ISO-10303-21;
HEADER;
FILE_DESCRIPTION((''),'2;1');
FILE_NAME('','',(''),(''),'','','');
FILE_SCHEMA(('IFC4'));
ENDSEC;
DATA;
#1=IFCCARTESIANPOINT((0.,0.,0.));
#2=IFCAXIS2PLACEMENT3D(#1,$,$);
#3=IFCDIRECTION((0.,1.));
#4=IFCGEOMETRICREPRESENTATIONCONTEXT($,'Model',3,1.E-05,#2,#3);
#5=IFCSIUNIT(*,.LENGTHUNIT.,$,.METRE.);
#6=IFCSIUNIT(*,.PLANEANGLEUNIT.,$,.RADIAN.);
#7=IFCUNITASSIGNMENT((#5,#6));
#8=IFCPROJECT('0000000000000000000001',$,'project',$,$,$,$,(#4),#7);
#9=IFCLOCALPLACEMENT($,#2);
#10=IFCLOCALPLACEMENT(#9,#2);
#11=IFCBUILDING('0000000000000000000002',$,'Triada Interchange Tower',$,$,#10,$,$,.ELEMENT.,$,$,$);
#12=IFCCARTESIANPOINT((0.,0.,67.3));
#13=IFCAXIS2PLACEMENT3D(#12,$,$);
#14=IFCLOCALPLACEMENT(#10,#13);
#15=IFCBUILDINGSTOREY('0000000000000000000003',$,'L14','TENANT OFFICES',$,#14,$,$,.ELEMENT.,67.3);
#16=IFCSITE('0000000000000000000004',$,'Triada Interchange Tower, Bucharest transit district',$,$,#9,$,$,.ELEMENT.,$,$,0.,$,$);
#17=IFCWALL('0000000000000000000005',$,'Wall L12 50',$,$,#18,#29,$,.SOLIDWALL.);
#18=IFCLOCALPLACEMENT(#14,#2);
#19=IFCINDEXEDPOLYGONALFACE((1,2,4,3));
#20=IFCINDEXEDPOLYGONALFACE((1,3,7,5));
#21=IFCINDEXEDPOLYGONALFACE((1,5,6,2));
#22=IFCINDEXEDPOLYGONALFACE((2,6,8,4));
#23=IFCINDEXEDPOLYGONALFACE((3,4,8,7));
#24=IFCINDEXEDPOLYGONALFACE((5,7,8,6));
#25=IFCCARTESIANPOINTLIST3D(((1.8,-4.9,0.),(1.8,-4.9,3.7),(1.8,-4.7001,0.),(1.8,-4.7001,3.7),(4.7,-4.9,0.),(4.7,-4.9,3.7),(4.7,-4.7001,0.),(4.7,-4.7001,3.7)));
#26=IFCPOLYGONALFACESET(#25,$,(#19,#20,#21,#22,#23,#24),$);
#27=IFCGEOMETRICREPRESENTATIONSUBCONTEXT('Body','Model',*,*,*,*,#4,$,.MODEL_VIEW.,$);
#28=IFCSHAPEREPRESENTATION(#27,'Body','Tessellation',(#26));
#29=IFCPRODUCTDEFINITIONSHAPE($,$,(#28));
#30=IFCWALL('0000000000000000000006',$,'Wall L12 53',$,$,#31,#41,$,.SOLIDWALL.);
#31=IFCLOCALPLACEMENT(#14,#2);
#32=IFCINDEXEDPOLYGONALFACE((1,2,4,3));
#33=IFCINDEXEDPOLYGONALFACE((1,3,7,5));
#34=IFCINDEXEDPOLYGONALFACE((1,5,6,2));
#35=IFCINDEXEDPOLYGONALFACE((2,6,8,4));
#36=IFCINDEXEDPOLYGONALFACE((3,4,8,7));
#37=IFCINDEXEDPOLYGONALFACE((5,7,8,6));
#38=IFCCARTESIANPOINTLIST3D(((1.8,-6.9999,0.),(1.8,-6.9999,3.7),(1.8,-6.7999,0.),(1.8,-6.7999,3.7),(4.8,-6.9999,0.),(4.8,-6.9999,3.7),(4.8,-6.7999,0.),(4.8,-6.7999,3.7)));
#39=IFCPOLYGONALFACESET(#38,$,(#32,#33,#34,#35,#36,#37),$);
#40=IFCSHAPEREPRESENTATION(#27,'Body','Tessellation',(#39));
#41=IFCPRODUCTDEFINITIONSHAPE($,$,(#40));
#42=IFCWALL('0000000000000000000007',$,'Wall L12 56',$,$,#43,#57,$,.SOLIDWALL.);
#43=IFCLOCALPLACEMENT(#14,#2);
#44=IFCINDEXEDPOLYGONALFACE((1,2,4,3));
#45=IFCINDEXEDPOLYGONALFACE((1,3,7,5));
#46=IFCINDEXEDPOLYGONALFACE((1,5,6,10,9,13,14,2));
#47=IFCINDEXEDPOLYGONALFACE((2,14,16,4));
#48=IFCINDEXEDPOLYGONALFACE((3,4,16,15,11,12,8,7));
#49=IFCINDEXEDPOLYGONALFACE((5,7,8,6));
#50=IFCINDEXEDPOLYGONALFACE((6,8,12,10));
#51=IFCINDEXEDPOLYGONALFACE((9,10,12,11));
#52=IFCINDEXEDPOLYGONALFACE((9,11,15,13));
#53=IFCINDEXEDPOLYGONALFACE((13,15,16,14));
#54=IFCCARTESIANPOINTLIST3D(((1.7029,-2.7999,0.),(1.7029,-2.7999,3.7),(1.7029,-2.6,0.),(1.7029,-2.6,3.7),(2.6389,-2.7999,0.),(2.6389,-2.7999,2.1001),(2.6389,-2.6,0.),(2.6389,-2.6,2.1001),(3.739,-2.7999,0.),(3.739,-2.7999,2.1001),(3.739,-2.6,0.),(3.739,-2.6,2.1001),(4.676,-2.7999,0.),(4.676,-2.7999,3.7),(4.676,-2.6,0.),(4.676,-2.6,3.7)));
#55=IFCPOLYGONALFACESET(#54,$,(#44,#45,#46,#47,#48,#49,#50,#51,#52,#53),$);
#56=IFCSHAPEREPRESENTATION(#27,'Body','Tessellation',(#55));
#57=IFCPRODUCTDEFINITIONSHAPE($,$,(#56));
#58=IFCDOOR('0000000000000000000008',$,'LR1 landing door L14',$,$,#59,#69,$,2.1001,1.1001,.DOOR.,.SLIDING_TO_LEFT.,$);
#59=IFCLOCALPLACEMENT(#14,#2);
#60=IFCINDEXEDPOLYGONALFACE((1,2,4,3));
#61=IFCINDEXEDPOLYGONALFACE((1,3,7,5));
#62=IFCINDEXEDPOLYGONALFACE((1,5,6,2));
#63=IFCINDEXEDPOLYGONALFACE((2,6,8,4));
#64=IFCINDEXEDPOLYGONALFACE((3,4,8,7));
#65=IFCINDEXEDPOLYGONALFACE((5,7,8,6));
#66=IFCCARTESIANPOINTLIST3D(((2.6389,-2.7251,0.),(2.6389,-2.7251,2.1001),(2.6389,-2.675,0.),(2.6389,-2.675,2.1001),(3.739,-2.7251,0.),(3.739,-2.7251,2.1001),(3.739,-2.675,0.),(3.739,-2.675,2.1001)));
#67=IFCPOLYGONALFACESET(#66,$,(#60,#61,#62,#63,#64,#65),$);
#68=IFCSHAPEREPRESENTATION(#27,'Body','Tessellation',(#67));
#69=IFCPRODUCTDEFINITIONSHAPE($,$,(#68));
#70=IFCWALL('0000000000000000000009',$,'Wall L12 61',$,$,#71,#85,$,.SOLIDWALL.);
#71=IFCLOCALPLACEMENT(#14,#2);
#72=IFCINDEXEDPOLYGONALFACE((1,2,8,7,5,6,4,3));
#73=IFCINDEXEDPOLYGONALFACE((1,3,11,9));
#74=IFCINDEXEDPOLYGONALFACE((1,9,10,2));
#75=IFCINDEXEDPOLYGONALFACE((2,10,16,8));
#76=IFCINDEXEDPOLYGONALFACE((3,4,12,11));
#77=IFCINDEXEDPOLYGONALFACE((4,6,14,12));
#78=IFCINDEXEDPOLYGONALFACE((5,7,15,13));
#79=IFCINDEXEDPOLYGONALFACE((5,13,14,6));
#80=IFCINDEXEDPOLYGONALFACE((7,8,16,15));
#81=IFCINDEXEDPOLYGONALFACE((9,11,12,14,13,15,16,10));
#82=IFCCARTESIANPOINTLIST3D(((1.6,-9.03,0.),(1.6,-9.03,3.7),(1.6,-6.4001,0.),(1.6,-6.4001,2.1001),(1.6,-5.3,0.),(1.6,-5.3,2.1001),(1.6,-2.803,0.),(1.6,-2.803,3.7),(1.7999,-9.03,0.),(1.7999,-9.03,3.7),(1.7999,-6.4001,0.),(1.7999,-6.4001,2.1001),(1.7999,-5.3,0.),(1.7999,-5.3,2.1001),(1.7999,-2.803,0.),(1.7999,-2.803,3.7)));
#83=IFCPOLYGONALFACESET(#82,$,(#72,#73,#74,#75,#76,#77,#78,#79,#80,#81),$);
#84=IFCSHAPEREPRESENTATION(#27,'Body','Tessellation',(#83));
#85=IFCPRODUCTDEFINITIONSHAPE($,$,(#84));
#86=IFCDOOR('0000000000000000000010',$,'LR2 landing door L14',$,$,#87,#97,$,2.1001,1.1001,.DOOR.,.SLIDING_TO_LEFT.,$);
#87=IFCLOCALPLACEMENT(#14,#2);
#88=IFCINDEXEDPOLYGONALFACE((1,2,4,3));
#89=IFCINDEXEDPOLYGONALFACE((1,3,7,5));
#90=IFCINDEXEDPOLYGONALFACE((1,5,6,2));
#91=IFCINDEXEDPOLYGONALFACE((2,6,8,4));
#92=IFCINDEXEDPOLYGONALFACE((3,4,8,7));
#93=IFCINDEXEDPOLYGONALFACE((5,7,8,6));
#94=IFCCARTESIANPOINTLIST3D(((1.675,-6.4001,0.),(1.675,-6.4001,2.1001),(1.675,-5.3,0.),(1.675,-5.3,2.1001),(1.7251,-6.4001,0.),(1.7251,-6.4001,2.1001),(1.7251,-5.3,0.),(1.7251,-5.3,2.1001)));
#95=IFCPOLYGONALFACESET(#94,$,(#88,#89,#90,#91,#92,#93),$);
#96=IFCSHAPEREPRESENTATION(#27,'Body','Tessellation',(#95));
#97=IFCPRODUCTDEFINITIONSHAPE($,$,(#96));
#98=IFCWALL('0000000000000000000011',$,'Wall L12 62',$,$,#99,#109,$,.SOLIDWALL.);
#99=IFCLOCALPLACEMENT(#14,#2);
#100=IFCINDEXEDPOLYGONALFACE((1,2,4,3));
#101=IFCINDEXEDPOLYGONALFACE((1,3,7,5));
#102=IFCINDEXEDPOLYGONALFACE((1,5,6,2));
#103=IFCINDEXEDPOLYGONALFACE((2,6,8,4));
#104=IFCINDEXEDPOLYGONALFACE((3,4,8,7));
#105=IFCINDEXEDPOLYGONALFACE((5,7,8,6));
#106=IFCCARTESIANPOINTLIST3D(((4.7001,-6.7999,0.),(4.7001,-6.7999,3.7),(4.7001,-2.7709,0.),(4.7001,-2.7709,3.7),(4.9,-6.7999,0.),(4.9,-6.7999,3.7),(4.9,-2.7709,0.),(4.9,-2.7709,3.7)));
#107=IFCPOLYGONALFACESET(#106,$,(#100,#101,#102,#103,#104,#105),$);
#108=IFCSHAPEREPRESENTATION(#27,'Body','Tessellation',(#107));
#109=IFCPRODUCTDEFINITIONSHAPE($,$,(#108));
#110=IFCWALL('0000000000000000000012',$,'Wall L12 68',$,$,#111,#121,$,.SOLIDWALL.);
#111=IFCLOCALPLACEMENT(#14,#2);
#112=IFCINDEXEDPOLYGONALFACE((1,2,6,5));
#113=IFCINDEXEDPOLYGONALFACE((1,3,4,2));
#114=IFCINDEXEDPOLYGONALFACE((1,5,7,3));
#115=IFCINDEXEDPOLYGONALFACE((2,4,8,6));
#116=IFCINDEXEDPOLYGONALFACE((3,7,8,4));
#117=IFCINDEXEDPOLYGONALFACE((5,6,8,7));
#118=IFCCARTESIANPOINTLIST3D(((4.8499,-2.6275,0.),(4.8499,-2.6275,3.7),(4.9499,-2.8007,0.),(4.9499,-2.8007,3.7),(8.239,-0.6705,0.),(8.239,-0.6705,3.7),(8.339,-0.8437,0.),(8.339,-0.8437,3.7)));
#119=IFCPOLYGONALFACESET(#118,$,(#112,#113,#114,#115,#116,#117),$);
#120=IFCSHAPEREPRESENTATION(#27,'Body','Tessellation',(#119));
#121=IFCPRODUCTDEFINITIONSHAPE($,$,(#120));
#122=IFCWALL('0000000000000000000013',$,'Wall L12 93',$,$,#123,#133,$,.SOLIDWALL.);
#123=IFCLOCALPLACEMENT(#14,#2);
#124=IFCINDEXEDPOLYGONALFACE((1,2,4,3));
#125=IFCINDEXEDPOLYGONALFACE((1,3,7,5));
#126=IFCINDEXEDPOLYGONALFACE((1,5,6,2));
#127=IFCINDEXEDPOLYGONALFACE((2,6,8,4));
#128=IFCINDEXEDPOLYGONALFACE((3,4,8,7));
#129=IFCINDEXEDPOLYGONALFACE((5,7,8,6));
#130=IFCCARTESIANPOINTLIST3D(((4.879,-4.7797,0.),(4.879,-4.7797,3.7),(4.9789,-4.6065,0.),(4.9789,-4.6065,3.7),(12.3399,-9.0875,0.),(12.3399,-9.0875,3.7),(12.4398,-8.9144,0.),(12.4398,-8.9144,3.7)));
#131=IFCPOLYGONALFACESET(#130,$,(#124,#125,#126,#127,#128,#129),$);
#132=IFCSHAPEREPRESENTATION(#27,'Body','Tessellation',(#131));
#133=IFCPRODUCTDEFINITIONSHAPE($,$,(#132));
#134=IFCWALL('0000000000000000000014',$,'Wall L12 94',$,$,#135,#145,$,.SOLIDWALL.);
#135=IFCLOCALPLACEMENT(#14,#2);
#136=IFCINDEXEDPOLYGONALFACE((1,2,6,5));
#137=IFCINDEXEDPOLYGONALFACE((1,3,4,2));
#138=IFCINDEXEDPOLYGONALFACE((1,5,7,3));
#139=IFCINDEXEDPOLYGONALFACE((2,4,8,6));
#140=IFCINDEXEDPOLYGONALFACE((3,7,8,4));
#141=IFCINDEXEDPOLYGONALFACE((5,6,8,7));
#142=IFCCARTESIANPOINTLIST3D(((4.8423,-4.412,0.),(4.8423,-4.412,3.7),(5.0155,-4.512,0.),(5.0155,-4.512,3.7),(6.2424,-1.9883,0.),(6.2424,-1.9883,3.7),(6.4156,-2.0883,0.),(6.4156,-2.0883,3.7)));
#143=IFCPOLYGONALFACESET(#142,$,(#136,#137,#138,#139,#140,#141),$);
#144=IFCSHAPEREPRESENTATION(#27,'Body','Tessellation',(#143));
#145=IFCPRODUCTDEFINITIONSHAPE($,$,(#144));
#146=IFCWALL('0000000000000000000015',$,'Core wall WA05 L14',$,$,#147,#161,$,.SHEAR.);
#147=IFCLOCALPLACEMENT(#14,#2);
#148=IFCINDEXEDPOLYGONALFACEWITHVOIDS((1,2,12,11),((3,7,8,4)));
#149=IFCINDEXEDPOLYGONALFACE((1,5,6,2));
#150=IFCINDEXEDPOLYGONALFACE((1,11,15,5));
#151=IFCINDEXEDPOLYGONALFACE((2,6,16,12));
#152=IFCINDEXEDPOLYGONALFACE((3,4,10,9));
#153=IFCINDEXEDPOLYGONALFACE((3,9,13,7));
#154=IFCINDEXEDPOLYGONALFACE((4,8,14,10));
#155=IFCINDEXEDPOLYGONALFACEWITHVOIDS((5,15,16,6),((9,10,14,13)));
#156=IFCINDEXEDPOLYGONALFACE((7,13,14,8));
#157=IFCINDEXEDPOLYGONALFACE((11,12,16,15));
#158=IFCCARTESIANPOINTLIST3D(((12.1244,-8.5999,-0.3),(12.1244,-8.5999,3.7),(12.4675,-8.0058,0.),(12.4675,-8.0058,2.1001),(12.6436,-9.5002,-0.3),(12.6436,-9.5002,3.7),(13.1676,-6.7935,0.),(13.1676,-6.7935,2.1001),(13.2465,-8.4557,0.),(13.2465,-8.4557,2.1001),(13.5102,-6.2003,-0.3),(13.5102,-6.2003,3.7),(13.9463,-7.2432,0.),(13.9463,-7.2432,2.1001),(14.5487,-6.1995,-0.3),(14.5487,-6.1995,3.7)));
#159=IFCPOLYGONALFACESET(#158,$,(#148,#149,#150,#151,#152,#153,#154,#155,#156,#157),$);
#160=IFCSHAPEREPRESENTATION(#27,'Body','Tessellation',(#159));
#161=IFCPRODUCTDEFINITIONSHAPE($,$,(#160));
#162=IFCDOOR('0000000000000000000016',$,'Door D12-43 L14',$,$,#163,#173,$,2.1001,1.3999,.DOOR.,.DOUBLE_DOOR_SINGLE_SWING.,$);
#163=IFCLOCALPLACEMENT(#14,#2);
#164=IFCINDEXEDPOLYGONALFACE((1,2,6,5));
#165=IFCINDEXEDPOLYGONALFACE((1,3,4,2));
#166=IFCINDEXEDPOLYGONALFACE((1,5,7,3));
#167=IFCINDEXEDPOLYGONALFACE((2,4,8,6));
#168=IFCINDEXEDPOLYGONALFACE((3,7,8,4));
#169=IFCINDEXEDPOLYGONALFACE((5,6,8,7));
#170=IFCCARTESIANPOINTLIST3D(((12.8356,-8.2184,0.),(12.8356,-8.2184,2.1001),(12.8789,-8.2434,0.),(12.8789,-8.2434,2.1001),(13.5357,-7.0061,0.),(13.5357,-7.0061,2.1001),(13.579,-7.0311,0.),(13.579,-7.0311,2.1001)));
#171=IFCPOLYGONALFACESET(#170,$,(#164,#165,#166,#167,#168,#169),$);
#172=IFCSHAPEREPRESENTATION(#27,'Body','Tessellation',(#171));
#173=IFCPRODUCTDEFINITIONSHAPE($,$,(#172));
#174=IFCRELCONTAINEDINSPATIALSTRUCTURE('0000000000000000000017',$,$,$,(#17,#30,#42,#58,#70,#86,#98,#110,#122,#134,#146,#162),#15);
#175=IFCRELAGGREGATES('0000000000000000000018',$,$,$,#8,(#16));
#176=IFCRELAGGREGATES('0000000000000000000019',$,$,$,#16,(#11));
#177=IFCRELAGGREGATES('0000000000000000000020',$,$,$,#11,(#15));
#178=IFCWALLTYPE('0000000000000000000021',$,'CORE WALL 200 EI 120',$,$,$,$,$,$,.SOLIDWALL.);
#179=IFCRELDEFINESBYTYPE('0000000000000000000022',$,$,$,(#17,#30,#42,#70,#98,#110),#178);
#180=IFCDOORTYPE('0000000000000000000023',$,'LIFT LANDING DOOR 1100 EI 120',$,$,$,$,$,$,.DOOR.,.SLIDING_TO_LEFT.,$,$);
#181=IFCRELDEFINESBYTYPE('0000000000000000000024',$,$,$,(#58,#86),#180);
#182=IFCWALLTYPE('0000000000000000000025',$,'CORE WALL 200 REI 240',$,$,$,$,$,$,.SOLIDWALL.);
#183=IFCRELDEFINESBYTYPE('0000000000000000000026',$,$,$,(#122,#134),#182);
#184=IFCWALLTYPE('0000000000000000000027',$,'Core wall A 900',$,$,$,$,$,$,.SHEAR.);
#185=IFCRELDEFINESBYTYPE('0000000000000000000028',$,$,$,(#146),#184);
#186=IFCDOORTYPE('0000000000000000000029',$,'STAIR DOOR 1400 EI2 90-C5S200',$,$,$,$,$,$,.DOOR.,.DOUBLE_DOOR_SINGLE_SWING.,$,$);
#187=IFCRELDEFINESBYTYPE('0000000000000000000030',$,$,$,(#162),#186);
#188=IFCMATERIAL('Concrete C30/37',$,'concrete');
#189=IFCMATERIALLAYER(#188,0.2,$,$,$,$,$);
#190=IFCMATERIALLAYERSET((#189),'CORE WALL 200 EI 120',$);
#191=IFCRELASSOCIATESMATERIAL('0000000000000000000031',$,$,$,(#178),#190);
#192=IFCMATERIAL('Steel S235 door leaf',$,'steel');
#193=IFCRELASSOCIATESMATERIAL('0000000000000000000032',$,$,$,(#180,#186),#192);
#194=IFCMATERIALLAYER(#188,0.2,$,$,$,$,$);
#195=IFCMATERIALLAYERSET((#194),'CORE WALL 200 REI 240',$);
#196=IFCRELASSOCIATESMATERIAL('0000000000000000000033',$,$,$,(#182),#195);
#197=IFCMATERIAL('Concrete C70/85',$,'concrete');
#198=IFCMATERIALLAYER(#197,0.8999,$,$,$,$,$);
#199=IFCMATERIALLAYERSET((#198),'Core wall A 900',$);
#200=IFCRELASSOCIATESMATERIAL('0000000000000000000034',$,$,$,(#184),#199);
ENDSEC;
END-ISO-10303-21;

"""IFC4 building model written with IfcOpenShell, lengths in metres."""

from ifc_helpers import new_model, si_unit, direction, frame, frame_2d, origin, place, context, subcontext, project, spatial, polyline, rectangle, outline, extrude, material, layer, layer_set, type_object, element, fill, save


model = new_model("IFC4")

# Units and contexts
model_context = context("Model", 3, precision=1e-05, world=origin(), true_north=direction((0.0, 1.0)))
body_context = subcontext(model_context, "Body", "Model", "MODEL_VIEW")
ifc_project = project(units=[si_unit("LENGTHUNIT", "METRE"), si_unit("PLANEANGLEUNIT", "RADIAN")], contexts=[model_context])

# Site, building, storey
site_placement = place(None, origin())
site = spatial("IfcSite", under=ifc_project, at=site_placement, Name="Triada Interchange Tower, Bucharest transit district", CompositionType="ELEMENT", RefElevation=0.0)
building_placement = place(site_placement, origin())
building = spatial("IfcBuilding", under=site, at=building_placement, Name="Triada Interchange Tower", CompositionType="ELEMENT")
storey_placement = place(building_placement, frame((0.0, 0.0, 67.3)))
storey = spatial("IfcBuildingStorey", under=building, at=storey_placement, Name="L14", Description="TENANT OFFICES", CompositionType="ELEMENT", Elevation=67.3)

# Walls
ifc_material_1 = material(Name="Concrete C30/37", Category="concrete")
ifc_layer_1 = layer(ifc_material_1, 0.2)
ifc_layer_set_1 = layer_set([ifc_layer_1], Name="CORE WALL 200 EI 120")
wall_type_1 = type_object("IfcWallType", Name="CORE WALL 200 EI 120", PredefinedType="SOLIDWALL", material=ifc_layer_set_1)
wall_1_placement = place(storey_placement, frame((1.8, -4.8, 0.0), z_axis=(0.0, 0.0, 1.0), x_axis=(1.0, 0.0, 0.0)))
element("IfcWall", 1, at=wall_1_placement, inside=storey, type_object=wall_type_1, Name="Wall L12 50", PredefinedType="SOLIDWALL", context=body_context, shape_type="SweptSolid", body=[
    extrude(rectangle(XDim=2.8999, YDim=0.2, at=frame_2d((1.45, 0.0))), origin(), (0.0, 0.0, 1.0), 3.7),
])
wall_2_placement = place(storey_placement, frame((1.8, -6.8999, 0.0), z_axis=(0.0, 0.0, 1.0), x_axis=(1.0, 0.0, 0.0)))
element("IfcWall", 2, at=wall_2_placement, inside=storey, type_object=wall_type_1, Name="Wall L12 53", PredefinedType="SOLIDWALL", context=body_context, shape_type="SweptSolid", body=[
    extrude(rectangle(XDim=3.0, YDim=0.2, at=frame_2d((1.5, 0.0))), origin(), (0.0, 0.0, 1.0), 3.7),
])

# Walls, openings, doors
wall_3_placement = place(storey_placement, frame((1.7029, -2.7, 0.0), z_axis=(0.0, 0.0, 1.0), x_axis=(1.0, 0.0, 0.0)))
wall_3 = element("IfcWall", 3, at=wall_3_placement, inside=storey, type_object=wall_type_1, Name="Wall L12 56", PredefinedType="SOLIDWALL", context=body_context, shape_type="SweptSolid", body=[
    extrude(rectangle(XDim=2.9731, YDim=0.2, at=frame_2d((1.4866, 0.0))), origin(), (0.0, 0.0, 1.0), 3.7),
])
opening_1_placement = place(wall_3_placement, frame((0.936, 0.0, 0.0)))
opening_1 = element("IfcOpeningElement", 4, at=opening_1_placement, cuts=wall_3, PredefinedType="OPENING", context=body_context, shape_type="SweptSolid", body=[
    extrude(rectangle(XDim=1.1001, YDim=2.1001, at=frame_2d((0.55, 1.05))), frame((0.0, 0.1099, 0.0), z_axis=(0.0, -1.0, 0.0), x_axis=(1.0, 0.0, 0.0)), (0.0, 0.0, 1.0), 0.22),
])
ifc_material_2 = material(Name="Steel S235 door leaf", Category="steel")
door_type_1 = type_object("IfcDoorType", Name="LIFT LANDING DOOR 1100 EI 120", OperationType="SLIDING_TO_LEFT", PredefinedType="DOOR", material=ifc_material_2)
door_1_placement = place(opening_1_placement, origin())
door_1 = element("IfcDoor", 5, at=door_1_placement, inside=storey, type_object=door_type_1, Name="LR1 landing door L14", OperationType="SLIDING_TO_LEFT", OverallHeight=2.1001, OverallWidth=1.1001, PredefinedType="DOOR", context=body_context, shape_type="SweptSolid", body=[
    extrude(rectangle(XDim=1.1001, YDim=2.1001, at=frame_2d((0.55, 1.05))), frame((0.0, 0.0249, 0.0), z_axis=(0.0, -1.0, 0.0), x_axis=(1.0, 0.0, 0.0)), (0.0, 0.0, 1.0), 0.05),
])
fill(opening_1, door_1)
wall_4_placement = place(storey_placement, frame((1.7, -9.03, 0.0), z_axis=(0.0, 0.0, 1.0), x_axis=(0.0, 1.0, 0.0)))
wall_4 = element("IfcWall", 6, at=wall_4_placement, inside=storey, type_object=wall_type_1, Name="Wall L12 61", PredefinedType="SOLIDWALL", context=body_context, shape_type="SweptSolid", body=[
    extrude(rectangle(XDim=6.2271, YDim=0.2, at=frame_2d((3.1135, 0.0))), origin(), (0.0, 0.0, 1.0), 3.7),
])
opening_2_placement = place(wall_4_placement, frame((2.6299, 0.0, 0.0)))
opening_2 = element("IfcOpeningElement", 7, at=opening_2_placement, cuts=wall_4, PredefinedType="OPENING", context=body_context, shape_type="SweptSolid", body=[
    extrude(rectangle(XDim=1.1001, YDim=2.1001, at=frame_2d((0.55, 1.05))), frame((0.0, 0.1099, 0.0), z_axis=(0.0, -1.0, 0.0), x_axis=(1.0, 0.0, 0.0)), (0.0, 0.0, 1.0), 0.22),
])
door_2_placement = place(opening_2_placement, origin())
door_2 = element("IfcDoor", 8, at=door_2_placement, inside=storey, type_object=door_type_1, Name="LR2 landing door L14", OperationType="SLIDING_TO_LEFT", OverallHeight=2.1001, OverallWidth=1.1001, PredefinedType="DOOR", context=body_context, shape_type="SweptSolid", body=[
    extrude(rectangle(XDim=1.1001, YDim=2.1001, at=frame_2d((0.55, 1.05))), frame((0.0, 0.0249, 0.0), z_axis=(0.0, -1.0, 0.0), x_axis=(1.0, 0.0, 0.0)), (0.0, 0.0, 1.0), 0.05),
])
fill(opening_2, door_2)

# Walls
wall_5_placement = place(storey_placement, frame((4.8, -6.8, 0.0), z_axis=(0.0, 0.0, 1.0), x_axis=(0.0, 1.0, 0.0)))
element("IfcWall", 9, at=wall_5_placement, inside=storey, type_object=wall_type_1, Name="Wall L12 62", PredefinedType="SOLIDWALL", context=body_context, shape_type="SweptSolid", body=[
    extrude(rectangle(XDim=4.0291, YDim=0.2, at=frame_2d((2.0146, 0.0))), origin(), (0.0, 0.0, 1.0), 3.7),
])
wall_6_placement = place(storey_placement, frame((4.8999, -2.7141, 0.0), z_axis=(0.0, 0.0, 1.0), x_axis=(0.865992, 0.500057, 0.0)))
element("IfcWall", 10, at=wall_6_placement, inside=storey, type_object=wall_type_1, Name="Wall L12 68", PredefinedType="SOLIDWALL", context=body_context, shape_type="SweptSolid", body=[
    extrude(rectangle(XDim=3.9136, YDim=0.2, at=frame_2d((1.9568, 0.0))), origin(), (0.0, 0.0, 1.0), 3.7),
])
ifc_layer_2 = layer(ifc_material_1, 0.2)
ifc_layer_set_2 = layer_set([ifc_layer_2], Name="CORE WALL 200 REI 240")
wall_type_2 = type_object("IfcWallType", Name="CORE WALL 200 REI 240", PredefinedType="SOLIDWALL", material=ifc_layer_set_2)
wall_7_placement = place(storey_placement, frame((4.929, -4.6931, 0.0), z_axis=(0.0, 0.0, 1.0), x_axis=(0.866011, -0.500025, 0.0)))
element("IfcWall", 11, at=wall_7_placement, inside=storey, type_object=wall_type_2, Name="Wall L12 93", PredefinedType="SOLIDWALL", context=body_context, shape_type="SweptSolid", body=[
    extrude(rectangle(XDim=8.6152, YDim=0.2, at=frame_2d((4.3076, 0.0))), origin(), (0.0, 0.0, 1.0), 3.7),
])
wall_8_placement = place(storey_placement, frame((4.929, -4.4619, 0.0), z_axis=(0.0, 0.0, 1.0), x_axis=(0.500201, 0.86591, 0.0)))
element("IfcWall", 12, at=wall_8_placement, inside=storey, type_object=wall_type_2, Name="Wall L12 94", PredefinedType="SOLIDWALL", context=body_context, shape_type="SweptSolid", body=[
    extrude(rectangle(XDim=2.7991, YDim=0.2, at=frame_2d((1.3994, 0.0))), origin(), (0.0, 0.0, 1.0), 3.7),
])

# Wall, opening, door
ifc_material_3 = material(Name="Concrete C70/85", Category="concrete")
ifc_layer_3 = layer(ifc_material_3, 0.8999)
ifc_layer_set_3 = layer_set([ifc_layer_3], Name="Core wall A 900")
wall_type_3 = type_object("IfcWallType", Name="Core wall A 900", PredefinedType="SHEAR", material=ifc_layer_set_3)
wall_9_placement = place(storey_placement, frame((12.384, -9.05, -0.3), z_axis=(0.0, 0.0, 1.0), x_axis=(0.500112, 0.865961, 0.0)))
wall_9 = element("IfcWall", 13, at=wall_9_placement, inside=storey, type_object=wall_type_3, Name="Core wall WA05 L14", PredefinedType="SHEAR", context=body_context, shape_type="SweptSolid", body=[
    extrude(outline(polyline([(-0.26, -0.45), (1.6455, -0.4495), (3.551, -0.449), (3.031, 0.45), (1.6455, 0.45), (0.26, 0.45), (-0.26, -0.45)])), origin(), (0.0, 0.0, 1.0), 4.0),
])
opening_3_placement = place(wall_9_placement, frame((0.946, 0.0, 0.3)))
opening_3 = element("IfcOpeningElement", 14, at=opening_3_placement, cuts=wall_9, PredefinedType="OPENING", context=body_context, shape_type="SweptSolid", body=[
    extrude(rectangle(XDim=1.3999, YDim=2.1001, at=frame_2d((0.7, 1.05))), frame((0.0, 0.46, 0.0), z_axis=(0.0, -1.0, 0.0), x_axis=(1.0, 0.0, 0.0)), (0.0, 0.0, 1.0), 0.9199),
])
door_type_2 = type_object("IfcDoorType", Name="STAIR DOOR 1400 EI2 90-C5S200", OperationType="DOUBLE_DOOR_SINGLE_SWING", PredefinedType="DOOR", material=ifc_material_2)
door_3_placement = place(opening_3_placement, origin())
door_3 = element("IfcDoor", 15, at=door_3_placement, inside=storey, type_object=door_type_2, Name="Door D12-43 L14", OperationType="DOUBLE_DOOR_SINGLE_SWING", OverallHeight=2.1001, OverallWidth=1.3999, PredefinedType="DOOR", context=body_context, shape_type="SweptSolid", body=[
    extrude(rectangle(XDim=1.3999, YDim=2.1001, at=frame_2d((0.7, 1.05))), frame((0.0, 0.0249, 0.0), z_axis=(0.0, -1.0, 0.0), x_axis=(1.0, 0.0, 0.0)), (0.0, 0.0, 1.0), 0.05),
])
fill(opening_3, door_3)

save(model, "model.ifc")
